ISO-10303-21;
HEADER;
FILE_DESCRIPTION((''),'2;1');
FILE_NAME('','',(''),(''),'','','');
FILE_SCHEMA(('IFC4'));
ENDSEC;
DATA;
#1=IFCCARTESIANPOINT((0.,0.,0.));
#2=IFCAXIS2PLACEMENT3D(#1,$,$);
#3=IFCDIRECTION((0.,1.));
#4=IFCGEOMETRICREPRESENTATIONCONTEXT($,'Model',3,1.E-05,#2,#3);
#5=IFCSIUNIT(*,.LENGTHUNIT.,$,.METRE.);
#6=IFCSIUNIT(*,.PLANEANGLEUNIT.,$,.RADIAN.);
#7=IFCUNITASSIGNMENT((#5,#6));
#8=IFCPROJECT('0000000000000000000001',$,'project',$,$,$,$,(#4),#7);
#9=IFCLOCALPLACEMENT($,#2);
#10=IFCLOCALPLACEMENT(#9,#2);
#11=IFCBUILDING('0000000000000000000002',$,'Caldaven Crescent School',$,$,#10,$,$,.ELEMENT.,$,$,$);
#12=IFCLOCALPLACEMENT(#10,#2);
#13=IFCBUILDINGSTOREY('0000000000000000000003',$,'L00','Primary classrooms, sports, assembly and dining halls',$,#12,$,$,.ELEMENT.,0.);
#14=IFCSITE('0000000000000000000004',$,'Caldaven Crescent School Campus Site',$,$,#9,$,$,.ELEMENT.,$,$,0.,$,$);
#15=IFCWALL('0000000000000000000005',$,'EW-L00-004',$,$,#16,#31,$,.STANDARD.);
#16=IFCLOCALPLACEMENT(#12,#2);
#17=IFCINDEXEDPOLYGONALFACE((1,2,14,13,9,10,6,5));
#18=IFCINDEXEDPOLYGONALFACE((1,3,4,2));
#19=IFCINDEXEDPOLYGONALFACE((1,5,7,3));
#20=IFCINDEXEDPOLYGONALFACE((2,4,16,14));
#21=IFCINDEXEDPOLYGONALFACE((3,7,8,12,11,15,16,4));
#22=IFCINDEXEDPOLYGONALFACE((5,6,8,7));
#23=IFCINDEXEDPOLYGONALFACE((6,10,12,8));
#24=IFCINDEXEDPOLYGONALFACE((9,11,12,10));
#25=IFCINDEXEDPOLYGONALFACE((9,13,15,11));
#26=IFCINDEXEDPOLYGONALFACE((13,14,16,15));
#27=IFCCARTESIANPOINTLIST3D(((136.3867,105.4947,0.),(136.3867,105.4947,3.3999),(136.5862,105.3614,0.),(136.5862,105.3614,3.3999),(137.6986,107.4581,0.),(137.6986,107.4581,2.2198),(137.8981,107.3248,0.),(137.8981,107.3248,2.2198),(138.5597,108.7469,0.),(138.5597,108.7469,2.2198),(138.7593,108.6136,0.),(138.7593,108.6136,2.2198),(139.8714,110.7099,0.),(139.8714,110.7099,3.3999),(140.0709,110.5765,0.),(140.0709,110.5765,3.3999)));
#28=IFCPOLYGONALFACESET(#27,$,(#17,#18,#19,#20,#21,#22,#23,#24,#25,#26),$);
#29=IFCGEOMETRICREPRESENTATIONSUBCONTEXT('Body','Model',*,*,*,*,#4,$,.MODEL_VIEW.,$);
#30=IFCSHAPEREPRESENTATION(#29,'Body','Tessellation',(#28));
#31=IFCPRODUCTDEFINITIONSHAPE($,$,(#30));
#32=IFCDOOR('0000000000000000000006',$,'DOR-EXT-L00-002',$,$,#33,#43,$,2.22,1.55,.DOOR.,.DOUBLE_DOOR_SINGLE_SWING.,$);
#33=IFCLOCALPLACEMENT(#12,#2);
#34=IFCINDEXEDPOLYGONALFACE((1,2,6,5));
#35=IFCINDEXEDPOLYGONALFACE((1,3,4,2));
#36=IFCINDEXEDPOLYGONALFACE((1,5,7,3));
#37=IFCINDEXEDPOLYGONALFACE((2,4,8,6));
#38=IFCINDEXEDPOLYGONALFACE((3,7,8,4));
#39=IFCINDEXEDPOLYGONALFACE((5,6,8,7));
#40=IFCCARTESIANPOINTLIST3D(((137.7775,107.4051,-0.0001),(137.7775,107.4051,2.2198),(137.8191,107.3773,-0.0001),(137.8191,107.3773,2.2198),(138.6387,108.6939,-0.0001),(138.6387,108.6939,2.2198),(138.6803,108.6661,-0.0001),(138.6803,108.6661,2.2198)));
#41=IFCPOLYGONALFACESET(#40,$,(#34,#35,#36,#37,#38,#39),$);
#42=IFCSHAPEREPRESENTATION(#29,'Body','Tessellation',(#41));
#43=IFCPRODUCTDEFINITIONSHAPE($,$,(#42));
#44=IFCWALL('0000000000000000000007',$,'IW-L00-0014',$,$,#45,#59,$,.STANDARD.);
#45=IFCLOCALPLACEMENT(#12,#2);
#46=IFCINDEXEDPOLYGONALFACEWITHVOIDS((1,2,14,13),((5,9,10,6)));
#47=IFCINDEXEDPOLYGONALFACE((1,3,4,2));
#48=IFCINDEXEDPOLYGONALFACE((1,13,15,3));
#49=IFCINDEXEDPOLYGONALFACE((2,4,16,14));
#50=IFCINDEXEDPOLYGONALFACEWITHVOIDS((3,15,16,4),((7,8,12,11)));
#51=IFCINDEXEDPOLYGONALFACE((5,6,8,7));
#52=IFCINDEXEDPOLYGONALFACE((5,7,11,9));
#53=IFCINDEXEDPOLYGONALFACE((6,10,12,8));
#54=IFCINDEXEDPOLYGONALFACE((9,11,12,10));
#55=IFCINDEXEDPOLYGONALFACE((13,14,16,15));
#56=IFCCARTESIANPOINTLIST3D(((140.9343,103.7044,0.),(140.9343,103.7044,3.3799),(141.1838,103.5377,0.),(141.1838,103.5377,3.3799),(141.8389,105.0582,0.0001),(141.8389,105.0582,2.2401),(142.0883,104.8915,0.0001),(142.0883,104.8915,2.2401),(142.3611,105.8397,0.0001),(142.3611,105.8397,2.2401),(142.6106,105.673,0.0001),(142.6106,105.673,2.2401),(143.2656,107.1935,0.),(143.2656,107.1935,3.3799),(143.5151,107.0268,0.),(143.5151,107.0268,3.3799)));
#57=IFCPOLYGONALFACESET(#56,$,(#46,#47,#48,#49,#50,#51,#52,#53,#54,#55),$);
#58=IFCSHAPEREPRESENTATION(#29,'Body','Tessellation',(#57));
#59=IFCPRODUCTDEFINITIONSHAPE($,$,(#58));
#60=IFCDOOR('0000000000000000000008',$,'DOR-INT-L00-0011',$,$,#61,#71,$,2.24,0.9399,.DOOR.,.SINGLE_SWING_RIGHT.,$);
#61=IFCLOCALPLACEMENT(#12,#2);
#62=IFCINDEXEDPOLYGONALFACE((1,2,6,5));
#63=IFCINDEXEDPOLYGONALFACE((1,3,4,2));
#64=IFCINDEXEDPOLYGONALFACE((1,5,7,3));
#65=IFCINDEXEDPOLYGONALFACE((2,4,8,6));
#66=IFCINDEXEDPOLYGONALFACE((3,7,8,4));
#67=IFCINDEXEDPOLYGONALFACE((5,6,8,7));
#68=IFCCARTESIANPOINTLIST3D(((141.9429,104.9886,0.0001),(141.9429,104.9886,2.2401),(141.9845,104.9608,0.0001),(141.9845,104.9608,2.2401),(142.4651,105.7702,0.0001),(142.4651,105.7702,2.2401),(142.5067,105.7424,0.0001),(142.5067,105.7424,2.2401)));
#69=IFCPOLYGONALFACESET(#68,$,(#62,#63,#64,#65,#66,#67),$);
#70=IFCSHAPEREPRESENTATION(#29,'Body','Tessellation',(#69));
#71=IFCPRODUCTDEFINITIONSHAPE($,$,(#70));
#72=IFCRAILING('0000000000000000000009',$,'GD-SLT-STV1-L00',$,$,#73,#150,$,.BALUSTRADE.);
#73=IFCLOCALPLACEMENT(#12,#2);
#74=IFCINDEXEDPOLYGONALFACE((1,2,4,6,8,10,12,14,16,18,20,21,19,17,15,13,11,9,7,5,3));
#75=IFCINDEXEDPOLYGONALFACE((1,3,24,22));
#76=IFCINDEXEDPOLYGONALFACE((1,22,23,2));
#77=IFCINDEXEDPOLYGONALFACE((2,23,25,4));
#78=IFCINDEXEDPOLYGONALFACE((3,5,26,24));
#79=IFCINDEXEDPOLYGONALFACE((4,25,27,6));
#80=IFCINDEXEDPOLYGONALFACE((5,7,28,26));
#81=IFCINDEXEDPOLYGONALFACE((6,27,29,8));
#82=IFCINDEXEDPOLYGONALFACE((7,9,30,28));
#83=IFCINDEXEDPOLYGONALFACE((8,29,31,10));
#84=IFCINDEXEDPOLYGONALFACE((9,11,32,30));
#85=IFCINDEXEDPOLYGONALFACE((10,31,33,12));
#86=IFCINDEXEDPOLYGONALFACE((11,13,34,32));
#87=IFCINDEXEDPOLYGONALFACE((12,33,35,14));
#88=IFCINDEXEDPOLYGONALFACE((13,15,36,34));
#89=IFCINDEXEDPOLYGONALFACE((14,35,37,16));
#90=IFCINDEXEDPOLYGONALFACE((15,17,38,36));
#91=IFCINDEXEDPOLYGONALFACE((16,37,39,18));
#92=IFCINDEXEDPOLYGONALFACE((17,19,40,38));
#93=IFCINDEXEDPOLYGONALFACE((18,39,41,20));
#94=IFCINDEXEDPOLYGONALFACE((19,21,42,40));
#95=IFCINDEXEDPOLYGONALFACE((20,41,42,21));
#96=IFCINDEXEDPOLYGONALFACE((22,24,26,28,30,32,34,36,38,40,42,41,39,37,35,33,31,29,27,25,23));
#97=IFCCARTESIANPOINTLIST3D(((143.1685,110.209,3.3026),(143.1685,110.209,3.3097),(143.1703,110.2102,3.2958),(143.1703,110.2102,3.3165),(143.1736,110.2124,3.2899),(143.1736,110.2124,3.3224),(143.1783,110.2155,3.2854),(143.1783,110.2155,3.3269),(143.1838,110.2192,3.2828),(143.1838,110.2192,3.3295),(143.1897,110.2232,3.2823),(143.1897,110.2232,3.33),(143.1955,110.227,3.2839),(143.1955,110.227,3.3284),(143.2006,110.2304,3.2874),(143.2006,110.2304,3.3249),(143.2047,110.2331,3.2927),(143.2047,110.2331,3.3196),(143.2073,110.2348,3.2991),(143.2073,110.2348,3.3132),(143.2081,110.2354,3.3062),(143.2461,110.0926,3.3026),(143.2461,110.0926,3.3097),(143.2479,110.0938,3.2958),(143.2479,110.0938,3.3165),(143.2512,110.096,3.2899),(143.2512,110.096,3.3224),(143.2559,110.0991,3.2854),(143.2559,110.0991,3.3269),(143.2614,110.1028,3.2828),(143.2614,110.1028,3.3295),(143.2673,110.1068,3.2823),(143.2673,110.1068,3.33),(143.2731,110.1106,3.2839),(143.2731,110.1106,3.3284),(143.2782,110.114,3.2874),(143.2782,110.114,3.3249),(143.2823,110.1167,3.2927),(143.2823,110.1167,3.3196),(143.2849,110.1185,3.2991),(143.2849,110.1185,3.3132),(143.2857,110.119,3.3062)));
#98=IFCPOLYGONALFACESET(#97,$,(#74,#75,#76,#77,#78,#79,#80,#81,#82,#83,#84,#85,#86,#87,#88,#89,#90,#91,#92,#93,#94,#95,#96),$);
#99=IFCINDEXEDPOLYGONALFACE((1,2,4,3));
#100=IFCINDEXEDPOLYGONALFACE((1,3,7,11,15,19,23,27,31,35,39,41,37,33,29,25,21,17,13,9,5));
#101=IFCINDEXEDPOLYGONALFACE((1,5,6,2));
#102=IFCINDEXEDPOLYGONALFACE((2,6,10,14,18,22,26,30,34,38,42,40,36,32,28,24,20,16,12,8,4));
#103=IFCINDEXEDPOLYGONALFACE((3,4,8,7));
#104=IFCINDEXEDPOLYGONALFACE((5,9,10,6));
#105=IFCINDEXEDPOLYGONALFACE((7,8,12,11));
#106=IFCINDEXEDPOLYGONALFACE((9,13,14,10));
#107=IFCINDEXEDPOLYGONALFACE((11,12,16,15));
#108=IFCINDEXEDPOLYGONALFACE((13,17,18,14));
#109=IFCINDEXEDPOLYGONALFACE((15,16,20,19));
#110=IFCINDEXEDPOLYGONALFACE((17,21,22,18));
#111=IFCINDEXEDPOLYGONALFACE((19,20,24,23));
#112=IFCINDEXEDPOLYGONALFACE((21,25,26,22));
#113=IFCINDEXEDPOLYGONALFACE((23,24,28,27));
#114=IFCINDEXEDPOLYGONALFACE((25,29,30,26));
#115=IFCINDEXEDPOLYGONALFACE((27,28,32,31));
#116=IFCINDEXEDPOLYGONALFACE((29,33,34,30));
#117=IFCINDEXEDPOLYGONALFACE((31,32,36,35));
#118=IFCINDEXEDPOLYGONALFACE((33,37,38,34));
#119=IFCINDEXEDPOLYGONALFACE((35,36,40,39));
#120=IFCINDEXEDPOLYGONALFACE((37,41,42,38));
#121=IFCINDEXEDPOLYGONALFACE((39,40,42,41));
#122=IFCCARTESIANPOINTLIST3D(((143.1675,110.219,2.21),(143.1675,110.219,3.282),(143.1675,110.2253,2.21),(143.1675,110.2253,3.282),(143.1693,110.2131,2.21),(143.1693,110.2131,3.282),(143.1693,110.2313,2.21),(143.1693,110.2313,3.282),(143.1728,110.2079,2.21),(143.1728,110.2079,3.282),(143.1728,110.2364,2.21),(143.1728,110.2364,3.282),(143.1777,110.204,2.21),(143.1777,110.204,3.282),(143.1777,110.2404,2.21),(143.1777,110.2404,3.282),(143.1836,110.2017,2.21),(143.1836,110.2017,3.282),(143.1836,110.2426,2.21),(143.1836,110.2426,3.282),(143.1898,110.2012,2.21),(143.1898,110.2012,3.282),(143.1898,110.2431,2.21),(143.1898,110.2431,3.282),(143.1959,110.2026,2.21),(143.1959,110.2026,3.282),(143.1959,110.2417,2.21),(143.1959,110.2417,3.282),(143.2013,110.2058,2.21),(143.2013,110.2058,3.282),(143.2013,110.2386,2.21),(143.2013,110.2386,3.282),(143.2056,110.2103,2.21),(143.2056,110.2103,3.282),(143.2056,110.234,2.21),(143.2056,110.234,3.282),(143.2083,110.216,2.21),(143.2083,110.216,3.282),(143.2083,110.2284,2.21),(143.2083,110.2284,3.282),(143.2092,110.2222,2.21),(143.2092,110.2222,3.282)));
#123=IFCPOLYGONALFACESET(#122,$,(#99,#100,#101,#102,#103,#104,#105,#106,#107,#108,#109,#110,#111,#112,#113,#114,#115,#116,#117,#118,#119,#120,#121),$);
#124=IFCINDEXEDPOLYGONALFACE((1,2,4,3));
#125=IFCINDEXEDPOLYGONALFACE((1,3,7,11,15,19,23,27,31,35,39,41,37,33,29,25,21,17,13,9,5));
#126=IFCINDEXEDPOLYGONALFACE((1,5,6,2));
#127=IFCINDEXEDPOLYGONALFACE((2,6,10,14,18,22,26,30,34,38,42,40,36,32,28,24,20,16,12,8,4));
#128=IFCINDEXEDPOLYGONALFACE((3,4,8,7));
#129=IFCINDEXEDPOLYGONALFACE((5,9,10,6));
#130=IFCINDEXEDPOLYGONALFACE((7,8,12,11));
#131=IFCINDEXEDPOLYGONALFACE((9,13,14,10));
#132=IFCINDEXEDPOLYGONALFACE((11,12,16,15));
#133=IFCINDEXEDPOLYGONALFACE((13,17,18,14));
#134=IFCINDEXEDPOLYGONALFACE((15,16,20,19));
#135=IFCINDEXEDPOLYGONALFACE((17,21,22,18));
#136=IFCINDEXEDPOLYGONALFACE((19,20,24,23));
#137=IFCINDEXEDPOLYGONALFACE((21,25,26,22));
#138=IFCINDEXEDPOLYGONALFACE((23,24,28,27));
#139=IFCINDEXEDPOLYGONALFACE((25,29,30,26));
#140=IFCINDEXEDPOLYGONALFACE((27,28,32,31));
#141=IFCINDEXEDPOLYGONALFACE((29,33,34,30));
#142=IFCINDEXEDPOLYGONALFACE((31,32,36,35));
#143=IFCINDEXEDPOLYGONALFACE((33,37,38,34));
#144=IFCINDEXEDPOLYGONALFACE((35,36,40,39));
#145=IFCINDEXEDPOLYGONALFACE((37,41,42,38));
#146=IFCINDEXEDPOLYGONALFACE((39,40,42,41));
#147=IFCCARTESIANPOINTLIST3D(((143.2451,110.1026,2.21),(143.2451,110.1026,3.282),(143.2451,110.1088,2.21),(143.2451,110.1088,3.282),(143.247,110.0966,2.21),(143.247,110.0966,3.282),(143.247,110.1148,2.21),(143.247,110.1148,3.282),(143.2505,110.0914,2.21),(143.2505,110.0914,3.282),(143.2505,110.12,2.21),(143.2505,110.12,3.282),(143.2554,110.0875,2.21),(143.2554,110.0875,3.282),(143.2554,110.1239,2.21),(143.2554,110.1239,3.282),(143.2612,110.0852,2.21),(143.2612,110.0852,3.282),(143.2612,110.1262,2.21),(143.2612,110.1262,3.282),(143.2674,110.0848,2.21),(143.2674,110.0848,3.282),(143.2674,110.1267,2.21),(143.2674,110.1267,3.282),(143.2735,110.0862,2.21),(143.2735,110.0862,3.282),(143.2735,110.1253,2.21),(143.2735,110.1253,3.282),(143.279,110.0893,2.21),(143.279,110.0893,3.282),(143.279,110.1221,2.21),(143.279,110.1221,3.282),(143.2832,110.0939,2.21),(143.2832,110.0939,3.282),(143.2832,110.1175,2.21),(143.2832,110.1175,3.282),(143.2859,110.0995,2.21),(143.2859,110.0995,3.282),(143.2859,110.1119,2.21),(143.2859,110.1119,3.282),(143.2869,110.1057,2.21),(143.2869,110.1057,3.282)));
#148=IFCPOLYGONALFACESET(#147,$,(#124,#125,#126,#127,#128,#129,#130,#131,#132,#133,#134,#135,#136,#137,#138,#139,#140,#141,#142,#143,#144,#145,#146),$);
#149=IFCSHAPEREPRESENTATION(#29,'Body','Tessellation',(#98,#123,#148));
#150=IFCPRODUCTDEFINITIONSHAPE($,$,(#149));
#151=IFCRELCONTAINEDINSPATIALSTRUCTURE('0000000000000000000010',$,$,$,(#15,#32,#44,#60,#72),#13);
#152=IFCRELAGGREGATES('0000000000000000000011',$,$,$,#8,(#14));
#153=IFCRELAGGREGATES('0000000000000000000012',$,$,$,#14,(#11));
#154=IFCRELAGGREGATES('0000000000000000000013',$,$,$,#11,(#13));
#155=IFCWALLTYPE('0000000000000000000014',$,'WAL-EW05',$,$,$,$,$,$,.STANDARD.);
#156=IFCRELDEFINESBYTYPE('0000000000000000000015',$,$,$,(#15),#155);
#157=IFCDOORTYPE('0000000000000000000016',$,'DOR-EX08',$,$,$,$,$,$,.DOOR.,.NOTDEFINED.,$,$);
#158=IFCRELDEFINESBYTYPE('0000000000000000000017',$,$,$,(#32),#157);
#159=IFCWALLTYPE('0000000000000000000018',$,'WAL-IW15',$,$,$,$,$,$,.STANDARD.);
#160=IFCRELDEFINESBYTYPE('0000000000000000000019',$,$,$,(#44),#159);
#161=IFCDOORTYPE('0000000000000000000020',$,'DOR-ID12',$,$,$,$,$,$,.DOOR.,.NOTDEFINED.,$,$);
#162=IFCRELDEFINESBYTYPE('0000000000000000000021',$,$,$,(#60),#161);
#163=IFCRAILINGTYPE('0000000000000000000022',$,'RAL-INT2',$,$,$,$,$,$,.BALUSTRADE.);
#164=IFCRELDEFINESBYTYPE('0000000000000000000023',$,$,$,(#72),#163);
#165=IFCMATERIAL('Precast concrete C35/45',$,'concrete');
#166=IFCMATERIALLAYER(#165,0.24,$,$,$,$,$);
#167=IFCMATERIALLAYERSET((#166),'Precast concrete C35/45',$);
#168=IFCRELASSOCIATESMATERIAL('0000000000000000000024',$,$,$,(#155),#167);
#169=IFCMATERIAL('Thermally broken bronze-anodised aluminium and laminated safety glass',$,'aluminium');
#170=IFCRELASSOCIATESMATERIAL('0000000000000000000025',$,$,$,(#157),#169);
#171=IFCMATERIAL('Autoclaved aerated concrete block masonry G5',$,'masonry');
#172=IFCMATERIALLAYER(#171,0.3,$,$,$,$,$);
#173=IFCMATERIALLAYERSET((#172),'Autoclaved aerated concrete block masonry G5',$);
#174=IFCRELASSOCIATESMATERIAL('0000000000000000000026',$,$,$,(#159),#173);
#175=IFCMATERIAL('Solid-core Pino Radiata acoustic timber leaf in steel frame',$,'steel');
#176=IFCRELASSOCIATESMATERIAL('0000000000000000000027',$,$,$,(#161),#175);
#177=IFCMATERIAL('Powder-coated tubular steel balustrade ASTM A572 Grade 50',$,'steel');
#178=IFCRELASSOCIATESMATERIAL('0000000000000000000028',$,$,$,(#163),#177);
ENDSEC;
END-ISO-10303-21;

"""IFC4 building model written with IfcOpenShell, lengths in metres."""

from ifc_helpers import new_model, si_unit, direction, frame, frame_2d, origin, origin_2d, place, context, subcontext, project, spatial, rectangle, circle, extrude, material, layer, layer_set, type_object, element, fill, save


model = new_model("IFC4")

# Units and contexts
model_context = context("Model", 3, precision=1e-05, world=origin(), true_north=direction((0.0, 1.0)))
body_context = subcontext(model_context, "Body", "Model", "MODEL_VIEW")
ifc_project = project(units=[si_unit("LENGTHUNIT", "METRE"), si_unit("PLANEANGLEUNIT", "RADIAN")], contexts=[model_context])

# Site, building, storey
site_placement = place(None, origin())
site = spatial("IfcSite", under=ifc_project, at=site_placement, Name="Caldaven Crescent School Campus Site", CompositionType="ELEMENT", RefElevation=0.0)
building_placement = place(site_placement, origin())
building = spatial("IfcBuilding", under=site, at=building_placement, Name="Caldaven Crescent School", CompositionType="ELEMENT")
storey_placement = place(building_placement, origin())
storey = spatial("IfcBuildingStorey", under=building, at=storey_placement, Name="L00", Description="Primary classrooms, sports, assembly and dining halls", CompositionType="ELEMENT", Elevation=0.0)

# Walls, openings, doors
ifc_material_1 = material(Name="Precast concrete C35/45", Category="concrete")
ifc_layer_1 = layer(ifc_material_1, 0.24)
ifc_layer_set_1 = layer_set([ifc_layer_1], Name="Precast concrete C35/45")
wall_type_1 = type_object("IfcWallType", Name="WAL-EW05", PredefinedType="STANDARD", material=ifc_layer_set_1)
wall_1_placement = place(storey_placement, frame((139.9712, 110.6433, 0.0), z_axis=(0.0, 0.0, 1.0), x_axis=(-0.555571, -0.831469, 0.0)))
wall_1 = element("IfcWall", 1, at=wall_1_placement, inside=storey, type_object=wall_type_1, Name="EW-L00-004", PredefinedType="STANDARD", context=body_context, shape_type="SweptSolid", body=[
    extrude(rectangle(XDim=6.2722, YDim=0.24, at=frame_2d((3.1362, 0.0))), origin(), (0.0, 0.0, 1.0), 3.3999),
])
opening_1_placement = place(wall_1_placement, frame((2.3611, 0.0, 0.0)))
opening_1 = element("IfcOpeningElement", 2, at=opening_1_placement, cuts=wall_1, PredefinedType="OPENING", context=body_context, shape_type="SweptSolid", body=[
    extrude(rectangle(XDim=1.55, YDim=2.22, at=frame_2d((0.7749, 1.1099))), frame((0.0, 0.1299, 0.0), z_axis=(0.0, -1.0, 0.0), x_axis=(1.0, 0.0, 0.0)), (0.0, 0.0, 1.0), 0.26),
])
ifc_material_2 = material(Name="Thermally broken bronze-anodised aluminium and laminated safety glass", Category="aluminium")
door_type_1 = type_object("IfcDoorType", Name="DOR-EX08", OperationType="NOTDEFINED", PredefinedType="DOOR", material=ifc_material_2)
door_1_placement = place(opening_1_placement, frame((1.55, 0.0, 0.0), z_axis=(0.0, 0.0, 1.0), x_axis=(-1.0, 0.0, 0.0)))
door_1 = element("IfcDoor", 3, at=door_1_placement, inside=storey, type_object=door_type_1, Name="DOR-EXT-L00-002", OperationType="DOUBLE_DOOR_SINGLE_SWING", OverallHeight=2.22, OverallWidth=1.55, PredefinedType="DOOR", context=body_context, shape_type="SweptSolid", body=[
    extrude(rectangle(XDim=1.55, YDim=2.22, at=frame_2d((0.7749, 1.1099))), frame((0.0, 0.0249, 0.0), z_axis=(0.0, -1.0, 0.0), x_axis=(1.0, 0.0, 0.0)), (0.0, 0.0, 1.0), 0.05),
])
fill(opening_1, door_1)
ifc_material_3 = material(Name="Autoclaved aerated concrete block masonry G5", Category="masonry")
ifc_layer_2 = layer(ifc_material_3, 0.3)
ifc_layer_set_2 = layer_set([ifc_layer_2], Name="Autoclaved aerated concrete block masonry G5")
wall_type_2 = type_object("IfcWallType", Name="WAL-IW15", PredefinedType="STANDARD", material=ifc_layer_set_2)
wall_2_placement = place(storey_placement, frame((143.3904, 107.1101, 0.0), z_axis=(0.0, 0.0, 1.0), x_axis=(-0.555573, -0.831468, 0.0)))
wall_2 = element("IfcWall", 4, at=wall_2_placement, inside=storey, type_object=wall_type_2, Name="IW-L00-0014", PredefinedType="STANDARD", context=body_context, shape_type="SweptSolid", body=[
    extrude(rectangle(XDim=4.1963, YDim=0.3, at=frame_2d((2.0981, 0.0))), origin(), (0.0, 0.0, 1.0), 3.3799),
])
opening_2_placement = place(wall_2_placement, frame((1.6282, 0.0, 0.0)))
opening_2 = element("IfcOpeningElement", 5, at=opening_2_placement, cuts=wall_2, PredefinedType="OPENING", context=body_context, shape_type="SweptSolid", body=[
    extrude(rectangle(XDim=0.9399, YDim=2.24, at=frame_2d((0.47, 1.1201))), frame((0.0, 0.1599, 0.0), z_axis=(0.0, -1.0, 0.0), x_axis=(1.0, 0.0, 0.0)), (0.0, 0.0, 1.0), 0.3201),
])
ifc_material_4 = material(Name="Solid-core Pino Radiata acoustic timber leaf in steel frame", Category="steel")
door_type_2 = type_object("IfcDoorType", Name="DOR-ID12", OperationType="NOTDEFINED", PredefinedType="DOOR", material=ifc_material_4)
door_2_placement = place(opening_2_placement, frame((0.9399, 0.0, 0.0), z_axis=(0.0, 0.0, 1.0), x_axis=(-1.0, 0.0, 0.0)))
door_2 = element("IfcDoor", 6, at=door_2_placement, inside=storey, type_object=door_type_2, Name="DOR-INT-L00-0011", OperationType="SINGLE_SWING_RIGHT", OverallHeight=2.24, OverallWidth=0.9399, PredefinedType="DOOR", context=body_context, shape_type="SweptSolid", body=[
    extrude(rectangle(XDim=0.9399, YDim=2.24, at=frame_2d((0.47, 1.1201))), frame((0.0, 0.0249, 0.0), z_axis=(0.0, -1.0, 0.0), x_axis=(1.0, 0.0, 0.0)), (0.0, 0.0, 1.0), 0.05),
])
fill(opening_2, door_2)

# Railing
ifc_material_5 = material(Name="Powder-coated tubular steel balustrade ASTM A572 Grade 50", Category="steel")
railing_type = type_object("IfcRailingType", Name="RAL-INT2", PredefinedType="BALUSTRADE", material=ifc_material_5)
railing_1_placement = place(storey_placement, frame((143.1882, 110.2222, 2.21)))
element("IfcRailing", 7, at=railing_1_placement, inside=storey, type_object=railing_type, Name="GD-SLT-STV1-L00", PredefinedType="BALUSTRADE", context=body_context, shape_type="SweptSolid", body=[
    extrude(circle(Radius=0.0239, at=origin_2d()), frame((0.0, 0.0, 1.0962), z_axis=(0.5547, -0.83205, 0.0), x_axis=(0.83205, 0.5547, 0.0)), (0.0, 0.0, 1.0), 0.1399),
    extrude(circle(Radius=0.021, at=origin_2d()), origin(), (0.0, 0.0, 1.0), 1.072),
    extrude(circle(Radius=0.021, at=origin_2d()), frame((0.0776, -0.1165, 0.0)), (0.0, 0.0, 1.0), 1.072),
])

save(model, "model.ifc")
